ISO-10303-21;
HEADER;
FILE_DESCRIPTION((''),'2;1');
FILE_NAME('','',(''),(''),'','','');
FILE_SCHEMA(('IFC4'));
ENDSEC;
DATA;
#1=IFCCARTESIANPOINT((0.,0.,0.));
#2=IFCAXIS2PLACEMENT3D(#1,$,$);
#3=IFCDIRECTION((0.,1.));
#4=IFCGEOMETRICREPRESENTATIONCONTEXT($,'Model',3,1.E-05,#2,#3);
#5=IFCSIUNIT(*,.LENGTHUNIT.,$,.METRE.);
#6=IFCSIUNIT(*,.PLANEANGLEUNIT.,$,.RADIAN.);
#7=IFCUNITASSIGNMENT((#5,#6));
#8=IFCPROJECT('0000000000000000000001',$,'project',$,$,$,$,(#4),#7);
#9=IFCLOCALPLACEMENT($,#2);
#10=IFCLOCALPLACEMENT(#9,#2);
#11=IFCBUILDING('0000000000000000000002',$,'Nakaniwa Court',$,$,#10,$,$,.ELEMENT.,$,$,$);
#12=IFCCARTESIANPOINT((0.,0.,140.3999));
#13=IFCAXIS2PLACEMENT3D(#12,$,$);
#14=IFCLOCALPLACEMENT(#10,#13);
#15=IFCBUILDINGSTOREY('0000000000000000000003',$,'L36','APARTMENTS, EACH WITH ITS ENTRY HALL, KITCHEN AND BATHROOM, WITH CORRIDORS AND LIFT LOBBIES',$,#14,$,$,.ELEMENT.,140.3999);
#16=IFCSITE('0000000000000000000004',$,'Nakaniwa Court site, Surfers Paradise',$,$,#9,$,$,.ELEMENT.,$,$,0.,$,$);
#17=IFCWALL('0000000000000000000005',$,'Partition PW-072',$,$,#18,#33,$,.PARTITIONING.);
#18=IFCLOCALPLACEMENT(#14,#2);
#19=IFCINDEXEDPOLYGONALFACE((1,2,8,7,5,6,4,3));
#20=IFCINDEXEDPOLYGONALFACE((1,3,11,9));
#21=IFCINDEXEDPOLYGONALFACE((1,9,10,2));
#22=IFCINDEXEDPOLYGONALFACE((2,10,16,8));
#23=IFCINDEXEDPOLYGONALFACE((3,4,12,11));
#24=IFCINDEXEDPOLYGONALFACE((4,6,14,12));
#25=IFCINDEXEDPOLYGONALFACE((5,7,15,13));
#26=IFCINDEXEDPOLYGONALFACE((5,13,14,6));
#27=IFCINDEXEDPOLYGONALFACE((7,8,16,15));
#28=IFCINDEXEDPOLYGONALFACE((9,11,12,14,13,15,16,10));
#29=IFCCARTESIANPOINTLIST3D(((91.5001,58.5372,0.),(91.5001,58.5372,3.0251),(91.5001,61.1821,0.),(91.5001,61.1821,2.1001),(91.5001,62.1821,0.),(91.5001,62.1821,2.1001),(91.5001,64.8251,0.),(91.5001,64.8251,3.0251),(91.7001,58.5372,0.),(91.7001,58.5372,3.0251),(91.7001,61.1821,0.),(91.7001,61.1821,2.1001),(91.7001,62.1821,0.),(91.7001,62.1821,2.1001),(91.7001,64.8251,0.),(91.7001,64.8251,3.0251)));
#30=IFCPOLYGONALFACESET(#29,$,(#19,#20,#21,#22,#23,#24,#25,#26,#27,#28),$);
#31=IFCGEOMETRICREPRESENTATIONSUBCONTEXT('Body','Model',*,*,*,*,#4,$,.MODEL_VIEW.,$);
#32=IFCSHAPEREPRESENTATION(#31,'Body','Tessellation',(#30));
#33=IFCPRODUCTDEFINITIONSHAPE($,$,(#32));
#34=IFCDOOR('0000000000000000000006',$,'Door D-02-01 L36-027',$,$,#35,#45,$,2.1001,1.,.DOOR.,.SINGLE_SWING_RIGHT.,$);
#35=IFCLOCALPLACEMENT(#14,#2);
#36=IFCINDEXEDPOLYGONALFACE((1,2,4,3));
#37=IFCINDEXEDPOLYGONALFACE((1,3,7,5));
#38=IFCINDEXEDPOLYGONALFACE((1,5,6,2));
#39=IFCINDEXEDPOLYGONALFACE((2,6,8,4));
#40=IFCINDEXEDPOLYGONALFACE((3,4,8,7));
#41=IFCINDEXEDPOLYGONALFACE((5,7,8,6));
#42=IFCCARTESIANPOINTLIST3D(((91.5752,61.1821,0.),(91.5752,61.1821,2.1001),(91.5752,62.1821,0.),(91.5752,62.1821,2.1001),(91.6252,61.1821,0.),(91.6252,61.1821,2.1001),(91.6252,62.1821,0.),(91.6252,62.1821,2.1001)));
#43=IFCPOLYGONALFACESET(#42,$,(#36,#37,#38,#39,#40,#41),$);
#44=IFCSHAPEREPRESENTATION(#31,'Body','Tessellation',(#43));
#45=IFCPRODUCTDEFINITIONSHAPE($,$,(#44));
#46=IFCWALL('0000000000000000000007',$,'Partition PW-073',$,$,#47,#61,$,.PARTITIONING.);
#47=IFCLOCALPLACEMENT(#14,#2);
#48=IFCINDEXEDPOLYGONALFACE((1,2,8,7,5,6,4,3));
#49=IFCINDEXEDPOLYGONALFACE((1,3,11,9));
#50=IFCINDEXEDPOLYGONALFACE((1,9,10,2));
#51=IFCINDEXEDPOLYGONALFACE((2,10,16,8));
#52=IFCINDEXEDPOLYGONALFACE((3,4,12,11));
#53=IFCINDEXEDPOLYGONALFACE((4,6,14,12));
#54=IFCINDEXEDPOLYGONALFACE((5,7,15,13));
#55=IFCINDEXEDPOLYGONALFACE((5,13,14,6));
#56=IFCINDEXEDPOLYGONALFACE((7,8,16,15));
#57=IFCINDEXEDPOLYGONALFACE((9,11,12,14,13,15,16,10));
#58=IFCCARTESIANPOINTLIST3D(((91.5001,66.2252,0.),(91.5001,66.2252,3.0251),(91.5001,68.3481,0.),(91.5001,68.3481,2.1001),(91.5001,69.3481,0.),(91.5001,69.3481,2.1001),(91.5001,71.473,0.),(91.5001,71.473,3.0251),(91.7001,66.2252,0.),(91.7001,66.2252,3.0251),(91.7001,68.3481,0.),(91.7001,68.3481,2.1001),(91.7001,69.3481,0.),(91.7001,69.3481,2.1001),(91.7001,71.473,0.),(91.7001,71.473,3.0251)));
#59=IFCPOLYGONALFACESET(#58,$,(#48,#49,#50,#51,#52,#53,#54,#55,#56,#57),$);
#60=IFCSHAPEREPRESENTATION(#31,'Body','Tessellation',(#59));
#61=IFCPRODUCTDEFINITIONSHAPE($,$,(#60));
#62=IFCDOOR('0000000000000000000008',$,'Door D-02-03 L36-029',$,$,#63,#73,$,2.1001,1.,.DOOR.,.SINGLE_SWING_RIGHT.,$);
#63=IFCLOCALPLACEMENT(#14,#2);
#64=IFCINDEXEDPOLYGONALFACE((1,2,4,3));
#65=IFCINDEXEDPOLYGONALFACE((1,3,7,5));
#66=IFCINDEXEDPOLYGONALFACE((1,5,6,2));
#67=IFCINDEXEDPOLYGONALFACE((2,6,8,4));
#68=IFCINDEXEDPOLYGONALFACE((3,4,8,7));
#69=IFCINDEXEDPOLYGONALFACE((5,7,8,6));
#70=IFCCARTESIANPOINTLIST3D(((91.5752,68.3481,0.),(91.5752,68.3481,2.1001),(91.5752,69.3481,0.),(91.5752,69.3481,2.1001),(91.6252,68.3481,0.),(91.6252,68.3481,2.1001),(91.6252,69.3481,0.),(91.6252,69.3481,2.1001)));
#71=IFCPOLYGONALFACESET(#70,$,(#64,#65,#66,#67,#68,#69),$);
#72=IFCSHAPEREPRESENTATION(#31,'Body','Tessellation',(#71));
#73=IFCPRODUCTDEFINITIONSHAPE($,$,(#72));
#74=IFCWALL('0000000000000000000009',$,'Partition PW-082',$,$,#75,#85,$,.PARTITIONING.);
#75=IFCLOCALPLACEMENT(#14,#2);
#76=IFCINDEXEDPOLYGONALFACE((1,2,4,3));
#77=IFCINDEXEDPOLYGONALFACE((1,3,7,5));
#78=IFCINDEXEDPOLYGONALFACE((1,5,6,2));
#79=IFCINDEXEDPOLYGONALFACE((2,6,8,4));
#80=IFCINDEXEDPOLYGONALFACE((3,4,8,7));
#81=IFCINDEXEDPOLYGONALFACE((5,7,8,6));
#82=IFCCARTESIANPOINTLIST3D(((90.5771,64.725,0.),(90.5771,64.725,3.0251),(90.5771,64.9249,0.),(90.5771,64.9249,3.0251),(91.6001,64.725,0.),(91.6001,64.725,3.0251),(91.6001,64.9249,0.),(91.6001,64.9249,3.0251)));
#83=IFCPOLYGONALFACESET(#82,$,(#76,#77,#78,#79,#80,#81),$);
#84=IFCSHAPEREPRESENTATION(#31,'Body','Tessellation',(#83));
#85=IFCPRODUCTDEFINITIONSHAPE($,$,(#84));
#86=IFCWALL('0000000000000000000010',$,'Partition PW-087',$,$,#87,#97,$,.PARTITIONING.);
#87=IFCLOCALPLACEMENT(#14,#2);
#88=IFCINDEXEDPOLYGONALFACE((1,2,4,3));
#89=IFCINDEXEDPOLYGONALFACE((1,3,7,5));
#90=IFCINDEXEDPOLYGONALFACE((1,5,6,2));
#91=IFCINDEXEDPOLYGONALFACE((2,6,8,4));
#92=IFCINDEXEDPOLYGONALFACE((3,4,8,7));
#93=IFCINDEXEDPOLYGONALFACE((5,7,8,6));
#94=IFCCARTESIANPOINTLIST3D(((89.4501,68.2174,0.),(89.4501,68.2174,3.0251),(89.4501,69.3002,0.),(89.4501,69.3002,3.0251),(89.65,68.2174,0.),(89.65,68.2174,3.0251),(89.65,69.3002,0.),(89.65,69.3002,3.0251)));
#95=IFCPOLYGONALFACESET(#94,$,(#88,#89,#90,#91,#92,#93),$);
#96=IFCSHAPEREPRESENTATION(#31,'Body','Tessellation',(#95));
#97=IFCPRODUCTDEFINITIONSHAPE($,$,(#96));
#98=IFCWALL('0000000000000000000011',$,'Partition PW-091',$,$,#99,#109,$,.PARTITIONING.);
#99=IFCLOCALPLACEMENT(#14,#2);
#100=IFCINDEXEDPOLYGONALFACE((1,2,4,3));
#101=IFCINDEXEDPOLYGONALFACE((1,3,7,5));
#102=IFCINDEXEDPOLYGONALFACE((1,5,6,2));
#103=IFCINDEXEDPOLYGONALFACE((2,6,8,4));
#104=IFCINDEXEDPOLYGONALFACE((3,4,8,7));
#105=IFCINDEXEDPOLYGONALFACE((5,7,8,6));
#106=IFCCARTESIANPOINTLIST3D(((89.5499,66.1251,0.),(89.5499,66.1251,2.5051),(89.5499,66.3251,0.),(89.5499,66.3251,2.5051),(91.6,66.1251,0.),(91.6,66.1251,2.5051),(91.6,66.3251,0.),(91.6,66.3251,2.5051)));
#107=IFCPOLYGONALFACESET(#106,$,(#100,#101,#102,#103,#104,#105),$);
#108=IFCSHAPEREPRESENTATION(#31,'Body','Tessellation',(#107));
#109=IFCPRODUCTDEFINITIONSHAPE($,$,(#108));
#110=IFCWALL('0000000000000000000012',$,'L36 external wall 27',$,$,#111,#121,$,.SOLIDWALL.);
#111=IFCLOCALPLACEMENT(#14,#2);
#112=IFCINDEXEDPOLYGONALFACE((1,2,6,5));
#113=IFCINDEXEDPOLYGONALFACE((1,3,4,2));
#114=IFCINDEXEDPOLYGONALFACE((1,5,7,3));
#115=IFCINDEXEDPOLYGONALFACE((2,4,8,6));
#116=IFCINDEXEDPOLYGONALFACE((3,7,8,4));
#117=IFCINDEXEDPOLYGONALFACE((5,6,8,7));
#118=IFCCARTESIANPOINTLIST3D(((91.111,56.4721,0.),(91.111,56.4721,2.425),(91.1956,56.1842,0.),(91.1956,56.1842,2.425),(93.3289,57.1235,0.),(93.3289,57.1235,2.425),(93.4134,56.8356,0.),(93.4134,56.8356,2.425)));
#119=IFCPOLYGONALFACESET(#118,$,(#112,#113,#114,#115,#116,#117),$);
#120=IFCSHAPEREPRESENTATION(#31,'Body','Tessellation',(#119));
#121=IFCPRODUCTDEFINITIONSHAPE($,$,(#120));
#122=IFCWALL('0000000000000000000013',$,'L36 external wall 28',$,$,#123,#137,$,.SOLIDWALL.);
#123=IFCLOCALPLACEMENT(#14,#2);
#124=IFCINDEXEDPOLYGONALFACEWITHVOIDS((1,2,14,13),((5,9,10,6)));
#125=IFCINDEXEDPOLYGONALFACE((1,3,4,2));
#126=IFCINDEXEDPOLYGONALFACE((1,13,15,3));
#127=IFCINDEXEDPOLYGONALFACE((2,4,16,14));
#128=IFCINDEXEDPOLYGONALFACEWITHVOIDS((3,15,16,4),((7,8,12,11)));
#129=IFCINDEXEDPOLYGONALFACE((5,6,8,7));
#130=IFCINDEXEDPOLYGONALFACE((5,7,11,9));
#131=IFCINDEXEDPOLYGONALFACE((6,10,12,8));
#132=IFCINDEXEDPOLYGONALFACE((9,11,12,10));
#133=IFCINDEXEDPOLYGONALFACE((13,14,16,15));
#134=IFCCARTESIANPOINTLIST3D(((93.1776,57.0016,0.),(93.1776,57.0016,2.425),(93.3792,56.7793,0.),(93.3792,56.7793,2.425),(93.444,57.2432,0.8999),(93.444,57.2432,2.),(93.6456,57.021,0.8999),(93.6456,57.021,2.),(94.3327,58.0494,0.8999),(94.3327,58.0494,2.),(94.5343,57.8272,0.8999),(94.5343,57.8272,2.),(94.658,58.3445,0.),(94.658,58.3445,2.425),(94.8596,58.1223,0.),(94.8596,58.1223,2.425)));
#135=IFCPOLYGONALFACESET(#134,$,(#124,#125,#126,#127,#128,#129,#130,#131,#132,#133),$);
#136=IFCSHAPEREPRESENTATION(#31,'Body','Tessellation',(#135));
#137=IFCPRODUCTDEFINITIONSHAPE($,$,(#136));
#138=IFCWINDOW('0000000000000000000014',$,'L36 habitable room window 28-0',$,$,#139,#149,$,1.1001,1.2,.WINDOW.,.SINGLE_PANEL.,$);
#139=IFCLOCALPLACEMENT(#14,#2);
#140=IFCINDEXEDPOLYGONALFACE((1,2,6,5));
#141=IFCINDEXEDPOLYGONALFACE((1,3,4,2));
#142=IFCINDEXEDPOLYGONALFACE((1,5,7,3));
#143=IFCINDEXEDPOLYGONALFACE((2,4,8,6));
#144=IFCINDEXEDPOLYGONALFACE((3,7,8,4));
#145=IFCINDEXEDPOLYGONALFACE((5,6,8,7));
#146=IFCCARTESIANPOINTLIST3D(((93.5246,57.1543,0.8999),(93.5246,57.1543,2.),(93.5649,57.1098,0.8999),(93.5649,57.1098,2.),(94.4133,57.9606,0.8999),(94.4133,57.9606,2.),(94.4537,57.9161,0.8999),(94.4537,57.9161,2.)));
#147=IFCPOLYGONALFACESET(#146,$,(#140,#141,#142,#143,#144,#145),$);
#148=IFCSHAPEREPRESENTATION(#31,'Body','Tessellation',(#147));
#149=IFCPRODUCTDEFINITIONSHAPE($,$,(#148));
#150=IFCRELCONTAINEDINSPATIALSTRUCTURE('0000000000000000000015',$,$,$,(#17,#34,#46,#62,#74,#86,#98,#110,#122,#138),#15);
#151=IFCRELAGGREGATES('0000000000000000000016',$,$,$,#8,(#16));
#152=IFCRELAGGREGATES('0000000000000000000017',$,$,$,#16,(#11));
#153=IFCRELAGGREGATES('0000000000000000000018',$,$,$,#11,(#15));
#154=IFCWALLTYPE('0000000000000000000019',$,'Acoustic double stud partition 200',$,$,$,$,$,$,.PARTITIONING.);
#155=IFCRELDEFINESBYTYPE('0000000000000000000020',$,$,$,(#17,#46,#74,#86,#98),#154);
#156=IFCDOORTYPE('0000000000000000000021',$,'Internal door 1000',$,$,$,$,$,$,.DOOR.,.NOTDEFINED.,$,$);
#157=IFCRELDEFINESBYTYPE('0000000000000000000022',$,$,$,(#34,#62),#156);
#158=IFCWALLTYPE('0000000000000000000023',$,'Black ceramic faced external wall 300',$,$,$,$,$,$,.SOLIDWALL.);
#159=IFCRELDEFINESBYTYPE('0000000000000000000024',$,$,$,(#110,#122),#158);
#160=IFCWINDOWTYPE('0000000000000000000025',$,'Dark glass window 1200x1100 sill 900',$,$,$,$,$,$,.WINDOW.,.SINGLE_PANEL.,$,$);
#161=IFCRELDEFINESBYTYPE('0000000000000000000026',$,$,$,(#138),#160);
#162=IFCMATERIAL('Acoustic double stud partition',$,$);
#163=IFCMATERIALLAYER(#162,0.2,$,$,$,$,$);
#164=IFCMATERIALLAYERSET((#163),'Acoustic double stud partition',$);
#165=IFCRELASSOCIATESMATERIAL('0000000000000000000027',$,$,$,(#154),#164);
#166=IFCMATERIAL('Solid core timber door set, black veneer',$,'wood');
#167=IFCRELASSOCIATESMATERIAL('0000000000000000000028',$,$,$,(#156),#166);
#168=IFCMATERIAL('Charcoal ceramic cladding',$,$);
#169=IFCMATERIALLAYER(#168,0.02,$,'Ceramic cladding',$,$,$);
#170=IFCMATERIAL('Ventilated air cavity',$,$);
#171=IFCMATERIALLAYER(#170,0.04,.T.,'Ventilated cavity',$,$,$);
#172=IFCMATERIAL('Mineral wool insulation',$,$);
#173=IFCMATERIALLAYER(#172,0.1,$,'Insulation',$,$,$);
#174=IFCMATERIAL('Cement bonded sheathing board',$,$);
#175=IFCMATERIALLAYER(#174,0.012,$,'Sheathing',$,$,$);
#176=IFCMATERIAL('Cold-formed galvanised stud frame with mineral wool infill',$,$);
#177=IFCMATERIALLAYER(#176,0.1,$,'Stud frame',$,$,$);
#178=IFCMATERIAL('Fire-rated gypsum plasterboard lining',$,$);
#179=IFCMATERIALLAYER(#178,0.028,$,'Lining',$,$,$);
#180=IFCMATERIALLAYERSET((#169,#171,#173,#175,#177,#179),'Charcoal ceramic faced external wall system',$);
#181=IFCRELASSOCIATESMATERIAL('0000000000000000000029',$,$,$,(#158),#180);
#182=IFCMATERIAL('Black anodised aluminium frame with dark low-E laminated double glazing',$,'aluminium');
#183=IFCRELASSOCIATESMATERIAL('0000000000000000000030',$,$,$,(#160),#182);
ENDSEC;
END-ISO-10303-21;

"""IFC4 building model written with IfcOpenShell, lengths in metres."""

from ifc_helpers import new_model, si_unit, direction, frame, frame_2d, origin, place, context, subcontext, project, spatial, rectangle, extrude, material, layer, layer_set, type_object, element, fill, save


model = new_model("IFC4")

# Units and contexts
model_context = context("Model", 3, precision=1e-05, world=origin(), true_north=direction((0.0, 1.0)))
body_context = subcontext(model_context, "Body", "Model", "MODEL_VIEW")
ifc_project = project(units=[si_unit("LENGTHUNIT", "METRE"), si_unit("PLANEANGLEUNIT", "RADIAN")], contexts=[model_context])

# Site, building, storey
site_placement = place(None, origin())
site = spatial("IfcSite", under=ifc_project, at=site_placement, Name="Nakaniwa Court site, Surfers Paradise", CompositionType="ELEMENT", RefElevation=0.0)
building_placement = place(site_placement, origin())
building = spatial("IfcBuilding", under=site, at=building_placement, Name="Nakaniwa Court", CompositionType="ELEMENT")
storey_placement = place(building_placement, frame((0.0, 0.0, 140.3999)))
storey = spatial("IfcBuildingStorey", under=building, at=storey_placement, Name="L36", Description="APARTMENTS, EACH WITH ITS ENTRY HALL, KITCHEN AND BATHROOM, WITH CORRIDORS AND LIFT LOBBIES", CompositionType="ELEMENT", Elevation=140.3999)

# Shared definitions
ifc_material_1 = material(Name="Acoustic double stud partition")
ifc_layer_1 = layer(ifc_material_1, 0.2)
ifc_layer_set_1 = layer_set([ifc_layer_1], Name="Acoustic double stud partition")
wall_type_1 = type_object("IfcWallType", Name="Acoustic double stud partition 200", PredefinedType="PARTITIONING", material=ifc_layer_set_1)

# Walls, openings, doors
wall_1_placement = place(storey_placement, frame((91.6001, 58.5371, 0.0), z_axis=(0.0, 0.0, 1.0), x_axis=(0.0, 1.0, 0.0)))
wall_1 = element("IfcWall", 1, at=wall_1_placement, inside=storey, type_object=wall_type_1, Name="Partition PW-072", PredefinedType="PARTITIONING", context=body_context, shape_type="SweptSolid", body=[
    extrude(rectangle(XDim=6.2878, YDim=0.2, at=frame_2d((3.144, 0.0))), origin(), (0.0, 0.0, 1.0), 3.0251),
])
opening_1_placement = place(wall_1_placement, frame((2.645, 0.0, 0.0)))
opening_1 = element("IfcOpeningElement", 2, at=opening_1_placement, cuts=wall_1, PredefinedType="OPENING", context=body_context, shape_type="SweptSolid", body=[
    extrude(rectangle(XDim=1.0, YDim=2.1001, at=frame_2d((0.5, 1.05))), frame((0.0, 0.1099, 0.0), z_axis=(0.0, -1.0, 0.0), x_axis=(1.0, 0.0, 0.0)), (0.0, 0.0, 1.0), 0.22),
])
ifc_material_2 = material(Name="Solid core timber door set, black veneer", Category="wood")
door_type = type_object("IfcDoorType", Name="Internal door 1000", OperationType="NOTDEFINED", PredefinedType="DOOR", material=ifc_material_2)
door_1_placement = place(opening_1_placement, origin())
door_1 = element("IfcDoor", 3, at=door_1_placement, inside=storey, type_object=door_type, Name="Door D-02-01 L36-027", OperationType="SINGLE_SWING_RIGHT", OverallHeight=2.1001, OverallWidth=1.0, PredefinedType="DOOR", context=body_context, shape_type="SweptSolid", body=[
    extrude(rectangle(XDim=1.0, YDim=2.1001, at=frame_2d((0.5, 1.05))), frame((0.0, 0.0249, 0.0), z_axis=(0.0, -1.0, 0.0), x_axis=(1.0, 0.0, 0.0)), (0.0, 0.0, 1.0), 0.05),
])
fill(opening_1, door_1)
wall_2_placement = place(storey_placement, frame((91.6001, 66.2251, 0.0), z_axis=(0.0, 0.0, 1.0), x_axis=(0.0, 1.0, 0.0)))
wall_2 = element("IfcWall", 4, at=wall_2_placement, inside=storey, type_object=wall_type_1, Name="Partition PW-073", PredefinedType="PARTITIONING", context=body_context, shape_type="SweptSolid", body=[
    extrude(rectangle(XDim=5.2478, YDim=0.2, at=frame_2d((2.624, 0.0))), origin(), (0.0, 0.0, 1.0), 3.0251),
])
opening_2_placement = place(wall_2_placement, frame((2.123, 0.0, 0.0)))
opening_2 = element("IfcOpeningElement", 5, at=opening_2_placement, cuts=wall_2, PredefinedType="OPENING", context=body_context, shape_type="SweptSolid", body=[
    extrude(rectangle(XDim=1.0, YDim=2.1001, at=frame_2d((0.5, 1.05))), frame((0.0, 0.1099, 0.0), z_axis=(0.0, -1.0, 0.0), x_axis=(1.0, 0.0, 0.0)), (0.0, 0.0, 1.0), 0.22),
])
door_2_placement = place(opening_2_placement, origin())
door_2 = element("IfcDoor", 6, at=door_2_placement, inside=storey, type_object=door_type, Name="Door D-02-03 L36-029", OperationType="SINGLE_SWING_RIGHT", OverallHeight=2.1001, OverallWidth=1.0, PredefinedType="DOOR", context=body_context, shape_type="SweptSolid", body=[
    extrude(rectangle(XDim=1.0, YDim=2.1001, at=frame_2d((0.5, 1.05))), frame((0.0, 0.0249, 0.0), z_axis=(0.0, -1.0, 0.0), x_axis=(1.0, 0.0, 0.0)), (0.0, 0.0, 1.0), 0.05),
])
fill(opening_2, door_2)

# Walls
wall_3_placement = place(storey_placement, frame((90.5771, 64.825, 0.0), z_axis=(0.0, 0.0, 1.0), x_axis=(1.0, 0.0, 0.0)))
element("IfcWall", 7, at=wall_3_placement, inside=storey, type_object=wall_type_1, Name="Partition PW-082", PredefinedType="PARTITIONING", context=body_context, shape_type="SweptSolid", body=[
    extrude(rectangle(XDim=1.0229, YDim=0.2, at=frame_2d((0.5115, 0.0))), origin(), (0.0, 0.0, 1.0), 3.0251),
])
wall_4_placement = place(storey_placement, frame((89.55, 68.2173, 0.0), z_axis=(0.0, 0.0, 1.0), x_axis=(0.0, 1.0, 0.0)))
element("IfcWall", 8, at=wall_4_placement, inside=storey, type_object=wall_type_1, Name="Partition PW-087", PredefinedType="PARTITIONING", context=body_context, shape_type="SweptSolid", body=[
    extrude(rectangle(XDim=1.0828, YDim=0.2, at=frame_2d((0.5415, 0.0))), origin(), (0.0, 0.0, 1.0), 3.0251),
])
wall_5_placement = place(storey_placement, frame((89.55, 66.2251, 0.0), z_axis=(0.0, 0.0, 1.0), x_axis=(1.0, 0.0, 0.0)))
element("IfcWall", 9, at=wall_5_placement, inside=storey, type_object=wall_type_1, Name="Partition PW-091", PredefinedType="PARTITIONING", context=body_context, shape_type="SweptSolid", body=[
    extrude(rectangle(XDim=2.05, YDim=0.2, at=frame_2d((1.0249, 0.0))), origin(), (0.0, 0.0, 1.0), 2.5051),
])
ifc_material_3 = material(Name="Charcoal ceramic cladding")
ifc_layer_2 = layer(ifc_material_3, 0.02, Name="Ceramic cladding")
ifc_material_4 = material(Name="Ventilated air cavity")
ifc_layer_3 = layer(ifc_material_4, 0.04, ventilated=True, Name="Ventilated cavity")
ifc_material_5 = material(Name="Mineral wool insulation")
ifc_layer_4 = layer(ifc_material_5, 0.1, Name="Insulation")
ifc_material_6 = material(Name="Cement bonded sheathing board")
ifc_layer_5 = layer(ifc_material_6, 0.012, Name="Sheathing")
ifc_material_7 = material(Name="Cold-formed galvanised stud frame with mineral wool infill")
ifc_layer_6 = layer(ifc_material_7, 0.1, Name="Stud frame")
ifc_material_8 = material(Name="Fire-rated gypsum plasterboard lining")
ifc_layer_7 = layer(ifc_material_8, 0.028, Name="Lining")
ifc_layer_set_2 = layer_set([ifc_layer_2, ifc_layer_3, ifc_layer_4, ifc_layer_5, ifc_layer_6, ifc_layer_7], Name="Charcoal ceramic faced external wall system")
wall_type_2 = type_object("IfcWallType", Name="Black ceramic faced external wall 300", PredefinedType="SOLIDWALL", material=ifc_layer_set_2)
wall_6_placement = place(storey_placement, frame((91.1533, 56.3281, 0.0), z_axis=(0.0, 0.0, 1.0), x_axis=(0.959473, 0.2818, 0.0)))
element("IfcWall", 10, at=wall_6_placement, inside=storey, type_object=wall_type_2, Name="L36 external wall 27", PredefinedType="SOLIDWALL", context=body_context, shape_type="SweptSolid", body=[
    extrude(rectangle(XDim=2.3115, YDim=0.3, at=frame_2d((1.1558, 0.0))), origin(), (0.0, 0.0, 1.0), 2.425),
])

# Wall, opening, window
wall_7_placement = place(storey_placement, frame((93.2783, 56.8904, 0.0), z_axis=(0.0, 0.0, 1.0), x_axis=(0.740653, 0.671888, 0.0)))
wall_7 = element("IfcWall", 11, at=wall_7_placement, inside=storey, type_object=wall_type_2, Name="L36 external wall 28", PredefinedType="SOLIDWALL", context=body_context, shape_type="SweptSolid", body=[
    extrude(rectangle(XDim=1.9988, YDim=0.3, at=frame_2d((0.9995, 0.0))), origin(), (0.0, 0.0, 1.0), 2.425),
])
opening_3_placement = place(wall_7_placement, frame((0.3596, 0.0, 0.8999)))
opening_3 = element("IfcOpeningElement", 12, at=opening_3_placement, cuts=wall_7, PredefinedType="OPENING", context=body_context, shape_type="SweptSolid", body=[
    extrude(rectangle(XDim=1.2, YDim=1.1001, at=frame_2d((0.6001, 0.55))), frame((0.0, 0.1599, 0.0), z_axis=(0.0, -1.0, 0.0), x_axis=(1.0, 0.0, 0.0)), (0.0, 0.0, 1.0), 0.3201),
])
ifc_material_9 = material(Name="Black anodised aluminium frame with dark low-E laminated double glazing", Category="aluminium")
window_type_1 = type_object("IfcWindowType", Name="Dark glass window 1200x1100 sill 900", PartitioningType="SINGLE_PANEL", PredefinedType="WINDOW", material=ifc_material_9)
window_1_placement = place(opening_3_placement, origin())
window_1 = element("IfcWindow", 13, at=window_1_placement, inside=storey, type_object=window_type_1, Name="L36 habitable room window 28-0", OverallHeight=1.1001, OverallWidth=1.2, PartitioningType="SINGLE_PANEL", PredefinedType="WINDOW", context=body_context, shape_type="SweptSolid", body=[
    extrude(rectangle(XDim=1.2, YDim=1.1001, at=frame_2d((0.6001, 0.55))), frame((0.0, 0.03, 0.0), z_axis=(0.0, -1.0, 0.0), x_axis=(1.0, 0.0, 0.0)), (0.0, 0.0, 1.0), 0.0601),
])
fill(opening_3, window_1)

save(model, "model.ifc")
